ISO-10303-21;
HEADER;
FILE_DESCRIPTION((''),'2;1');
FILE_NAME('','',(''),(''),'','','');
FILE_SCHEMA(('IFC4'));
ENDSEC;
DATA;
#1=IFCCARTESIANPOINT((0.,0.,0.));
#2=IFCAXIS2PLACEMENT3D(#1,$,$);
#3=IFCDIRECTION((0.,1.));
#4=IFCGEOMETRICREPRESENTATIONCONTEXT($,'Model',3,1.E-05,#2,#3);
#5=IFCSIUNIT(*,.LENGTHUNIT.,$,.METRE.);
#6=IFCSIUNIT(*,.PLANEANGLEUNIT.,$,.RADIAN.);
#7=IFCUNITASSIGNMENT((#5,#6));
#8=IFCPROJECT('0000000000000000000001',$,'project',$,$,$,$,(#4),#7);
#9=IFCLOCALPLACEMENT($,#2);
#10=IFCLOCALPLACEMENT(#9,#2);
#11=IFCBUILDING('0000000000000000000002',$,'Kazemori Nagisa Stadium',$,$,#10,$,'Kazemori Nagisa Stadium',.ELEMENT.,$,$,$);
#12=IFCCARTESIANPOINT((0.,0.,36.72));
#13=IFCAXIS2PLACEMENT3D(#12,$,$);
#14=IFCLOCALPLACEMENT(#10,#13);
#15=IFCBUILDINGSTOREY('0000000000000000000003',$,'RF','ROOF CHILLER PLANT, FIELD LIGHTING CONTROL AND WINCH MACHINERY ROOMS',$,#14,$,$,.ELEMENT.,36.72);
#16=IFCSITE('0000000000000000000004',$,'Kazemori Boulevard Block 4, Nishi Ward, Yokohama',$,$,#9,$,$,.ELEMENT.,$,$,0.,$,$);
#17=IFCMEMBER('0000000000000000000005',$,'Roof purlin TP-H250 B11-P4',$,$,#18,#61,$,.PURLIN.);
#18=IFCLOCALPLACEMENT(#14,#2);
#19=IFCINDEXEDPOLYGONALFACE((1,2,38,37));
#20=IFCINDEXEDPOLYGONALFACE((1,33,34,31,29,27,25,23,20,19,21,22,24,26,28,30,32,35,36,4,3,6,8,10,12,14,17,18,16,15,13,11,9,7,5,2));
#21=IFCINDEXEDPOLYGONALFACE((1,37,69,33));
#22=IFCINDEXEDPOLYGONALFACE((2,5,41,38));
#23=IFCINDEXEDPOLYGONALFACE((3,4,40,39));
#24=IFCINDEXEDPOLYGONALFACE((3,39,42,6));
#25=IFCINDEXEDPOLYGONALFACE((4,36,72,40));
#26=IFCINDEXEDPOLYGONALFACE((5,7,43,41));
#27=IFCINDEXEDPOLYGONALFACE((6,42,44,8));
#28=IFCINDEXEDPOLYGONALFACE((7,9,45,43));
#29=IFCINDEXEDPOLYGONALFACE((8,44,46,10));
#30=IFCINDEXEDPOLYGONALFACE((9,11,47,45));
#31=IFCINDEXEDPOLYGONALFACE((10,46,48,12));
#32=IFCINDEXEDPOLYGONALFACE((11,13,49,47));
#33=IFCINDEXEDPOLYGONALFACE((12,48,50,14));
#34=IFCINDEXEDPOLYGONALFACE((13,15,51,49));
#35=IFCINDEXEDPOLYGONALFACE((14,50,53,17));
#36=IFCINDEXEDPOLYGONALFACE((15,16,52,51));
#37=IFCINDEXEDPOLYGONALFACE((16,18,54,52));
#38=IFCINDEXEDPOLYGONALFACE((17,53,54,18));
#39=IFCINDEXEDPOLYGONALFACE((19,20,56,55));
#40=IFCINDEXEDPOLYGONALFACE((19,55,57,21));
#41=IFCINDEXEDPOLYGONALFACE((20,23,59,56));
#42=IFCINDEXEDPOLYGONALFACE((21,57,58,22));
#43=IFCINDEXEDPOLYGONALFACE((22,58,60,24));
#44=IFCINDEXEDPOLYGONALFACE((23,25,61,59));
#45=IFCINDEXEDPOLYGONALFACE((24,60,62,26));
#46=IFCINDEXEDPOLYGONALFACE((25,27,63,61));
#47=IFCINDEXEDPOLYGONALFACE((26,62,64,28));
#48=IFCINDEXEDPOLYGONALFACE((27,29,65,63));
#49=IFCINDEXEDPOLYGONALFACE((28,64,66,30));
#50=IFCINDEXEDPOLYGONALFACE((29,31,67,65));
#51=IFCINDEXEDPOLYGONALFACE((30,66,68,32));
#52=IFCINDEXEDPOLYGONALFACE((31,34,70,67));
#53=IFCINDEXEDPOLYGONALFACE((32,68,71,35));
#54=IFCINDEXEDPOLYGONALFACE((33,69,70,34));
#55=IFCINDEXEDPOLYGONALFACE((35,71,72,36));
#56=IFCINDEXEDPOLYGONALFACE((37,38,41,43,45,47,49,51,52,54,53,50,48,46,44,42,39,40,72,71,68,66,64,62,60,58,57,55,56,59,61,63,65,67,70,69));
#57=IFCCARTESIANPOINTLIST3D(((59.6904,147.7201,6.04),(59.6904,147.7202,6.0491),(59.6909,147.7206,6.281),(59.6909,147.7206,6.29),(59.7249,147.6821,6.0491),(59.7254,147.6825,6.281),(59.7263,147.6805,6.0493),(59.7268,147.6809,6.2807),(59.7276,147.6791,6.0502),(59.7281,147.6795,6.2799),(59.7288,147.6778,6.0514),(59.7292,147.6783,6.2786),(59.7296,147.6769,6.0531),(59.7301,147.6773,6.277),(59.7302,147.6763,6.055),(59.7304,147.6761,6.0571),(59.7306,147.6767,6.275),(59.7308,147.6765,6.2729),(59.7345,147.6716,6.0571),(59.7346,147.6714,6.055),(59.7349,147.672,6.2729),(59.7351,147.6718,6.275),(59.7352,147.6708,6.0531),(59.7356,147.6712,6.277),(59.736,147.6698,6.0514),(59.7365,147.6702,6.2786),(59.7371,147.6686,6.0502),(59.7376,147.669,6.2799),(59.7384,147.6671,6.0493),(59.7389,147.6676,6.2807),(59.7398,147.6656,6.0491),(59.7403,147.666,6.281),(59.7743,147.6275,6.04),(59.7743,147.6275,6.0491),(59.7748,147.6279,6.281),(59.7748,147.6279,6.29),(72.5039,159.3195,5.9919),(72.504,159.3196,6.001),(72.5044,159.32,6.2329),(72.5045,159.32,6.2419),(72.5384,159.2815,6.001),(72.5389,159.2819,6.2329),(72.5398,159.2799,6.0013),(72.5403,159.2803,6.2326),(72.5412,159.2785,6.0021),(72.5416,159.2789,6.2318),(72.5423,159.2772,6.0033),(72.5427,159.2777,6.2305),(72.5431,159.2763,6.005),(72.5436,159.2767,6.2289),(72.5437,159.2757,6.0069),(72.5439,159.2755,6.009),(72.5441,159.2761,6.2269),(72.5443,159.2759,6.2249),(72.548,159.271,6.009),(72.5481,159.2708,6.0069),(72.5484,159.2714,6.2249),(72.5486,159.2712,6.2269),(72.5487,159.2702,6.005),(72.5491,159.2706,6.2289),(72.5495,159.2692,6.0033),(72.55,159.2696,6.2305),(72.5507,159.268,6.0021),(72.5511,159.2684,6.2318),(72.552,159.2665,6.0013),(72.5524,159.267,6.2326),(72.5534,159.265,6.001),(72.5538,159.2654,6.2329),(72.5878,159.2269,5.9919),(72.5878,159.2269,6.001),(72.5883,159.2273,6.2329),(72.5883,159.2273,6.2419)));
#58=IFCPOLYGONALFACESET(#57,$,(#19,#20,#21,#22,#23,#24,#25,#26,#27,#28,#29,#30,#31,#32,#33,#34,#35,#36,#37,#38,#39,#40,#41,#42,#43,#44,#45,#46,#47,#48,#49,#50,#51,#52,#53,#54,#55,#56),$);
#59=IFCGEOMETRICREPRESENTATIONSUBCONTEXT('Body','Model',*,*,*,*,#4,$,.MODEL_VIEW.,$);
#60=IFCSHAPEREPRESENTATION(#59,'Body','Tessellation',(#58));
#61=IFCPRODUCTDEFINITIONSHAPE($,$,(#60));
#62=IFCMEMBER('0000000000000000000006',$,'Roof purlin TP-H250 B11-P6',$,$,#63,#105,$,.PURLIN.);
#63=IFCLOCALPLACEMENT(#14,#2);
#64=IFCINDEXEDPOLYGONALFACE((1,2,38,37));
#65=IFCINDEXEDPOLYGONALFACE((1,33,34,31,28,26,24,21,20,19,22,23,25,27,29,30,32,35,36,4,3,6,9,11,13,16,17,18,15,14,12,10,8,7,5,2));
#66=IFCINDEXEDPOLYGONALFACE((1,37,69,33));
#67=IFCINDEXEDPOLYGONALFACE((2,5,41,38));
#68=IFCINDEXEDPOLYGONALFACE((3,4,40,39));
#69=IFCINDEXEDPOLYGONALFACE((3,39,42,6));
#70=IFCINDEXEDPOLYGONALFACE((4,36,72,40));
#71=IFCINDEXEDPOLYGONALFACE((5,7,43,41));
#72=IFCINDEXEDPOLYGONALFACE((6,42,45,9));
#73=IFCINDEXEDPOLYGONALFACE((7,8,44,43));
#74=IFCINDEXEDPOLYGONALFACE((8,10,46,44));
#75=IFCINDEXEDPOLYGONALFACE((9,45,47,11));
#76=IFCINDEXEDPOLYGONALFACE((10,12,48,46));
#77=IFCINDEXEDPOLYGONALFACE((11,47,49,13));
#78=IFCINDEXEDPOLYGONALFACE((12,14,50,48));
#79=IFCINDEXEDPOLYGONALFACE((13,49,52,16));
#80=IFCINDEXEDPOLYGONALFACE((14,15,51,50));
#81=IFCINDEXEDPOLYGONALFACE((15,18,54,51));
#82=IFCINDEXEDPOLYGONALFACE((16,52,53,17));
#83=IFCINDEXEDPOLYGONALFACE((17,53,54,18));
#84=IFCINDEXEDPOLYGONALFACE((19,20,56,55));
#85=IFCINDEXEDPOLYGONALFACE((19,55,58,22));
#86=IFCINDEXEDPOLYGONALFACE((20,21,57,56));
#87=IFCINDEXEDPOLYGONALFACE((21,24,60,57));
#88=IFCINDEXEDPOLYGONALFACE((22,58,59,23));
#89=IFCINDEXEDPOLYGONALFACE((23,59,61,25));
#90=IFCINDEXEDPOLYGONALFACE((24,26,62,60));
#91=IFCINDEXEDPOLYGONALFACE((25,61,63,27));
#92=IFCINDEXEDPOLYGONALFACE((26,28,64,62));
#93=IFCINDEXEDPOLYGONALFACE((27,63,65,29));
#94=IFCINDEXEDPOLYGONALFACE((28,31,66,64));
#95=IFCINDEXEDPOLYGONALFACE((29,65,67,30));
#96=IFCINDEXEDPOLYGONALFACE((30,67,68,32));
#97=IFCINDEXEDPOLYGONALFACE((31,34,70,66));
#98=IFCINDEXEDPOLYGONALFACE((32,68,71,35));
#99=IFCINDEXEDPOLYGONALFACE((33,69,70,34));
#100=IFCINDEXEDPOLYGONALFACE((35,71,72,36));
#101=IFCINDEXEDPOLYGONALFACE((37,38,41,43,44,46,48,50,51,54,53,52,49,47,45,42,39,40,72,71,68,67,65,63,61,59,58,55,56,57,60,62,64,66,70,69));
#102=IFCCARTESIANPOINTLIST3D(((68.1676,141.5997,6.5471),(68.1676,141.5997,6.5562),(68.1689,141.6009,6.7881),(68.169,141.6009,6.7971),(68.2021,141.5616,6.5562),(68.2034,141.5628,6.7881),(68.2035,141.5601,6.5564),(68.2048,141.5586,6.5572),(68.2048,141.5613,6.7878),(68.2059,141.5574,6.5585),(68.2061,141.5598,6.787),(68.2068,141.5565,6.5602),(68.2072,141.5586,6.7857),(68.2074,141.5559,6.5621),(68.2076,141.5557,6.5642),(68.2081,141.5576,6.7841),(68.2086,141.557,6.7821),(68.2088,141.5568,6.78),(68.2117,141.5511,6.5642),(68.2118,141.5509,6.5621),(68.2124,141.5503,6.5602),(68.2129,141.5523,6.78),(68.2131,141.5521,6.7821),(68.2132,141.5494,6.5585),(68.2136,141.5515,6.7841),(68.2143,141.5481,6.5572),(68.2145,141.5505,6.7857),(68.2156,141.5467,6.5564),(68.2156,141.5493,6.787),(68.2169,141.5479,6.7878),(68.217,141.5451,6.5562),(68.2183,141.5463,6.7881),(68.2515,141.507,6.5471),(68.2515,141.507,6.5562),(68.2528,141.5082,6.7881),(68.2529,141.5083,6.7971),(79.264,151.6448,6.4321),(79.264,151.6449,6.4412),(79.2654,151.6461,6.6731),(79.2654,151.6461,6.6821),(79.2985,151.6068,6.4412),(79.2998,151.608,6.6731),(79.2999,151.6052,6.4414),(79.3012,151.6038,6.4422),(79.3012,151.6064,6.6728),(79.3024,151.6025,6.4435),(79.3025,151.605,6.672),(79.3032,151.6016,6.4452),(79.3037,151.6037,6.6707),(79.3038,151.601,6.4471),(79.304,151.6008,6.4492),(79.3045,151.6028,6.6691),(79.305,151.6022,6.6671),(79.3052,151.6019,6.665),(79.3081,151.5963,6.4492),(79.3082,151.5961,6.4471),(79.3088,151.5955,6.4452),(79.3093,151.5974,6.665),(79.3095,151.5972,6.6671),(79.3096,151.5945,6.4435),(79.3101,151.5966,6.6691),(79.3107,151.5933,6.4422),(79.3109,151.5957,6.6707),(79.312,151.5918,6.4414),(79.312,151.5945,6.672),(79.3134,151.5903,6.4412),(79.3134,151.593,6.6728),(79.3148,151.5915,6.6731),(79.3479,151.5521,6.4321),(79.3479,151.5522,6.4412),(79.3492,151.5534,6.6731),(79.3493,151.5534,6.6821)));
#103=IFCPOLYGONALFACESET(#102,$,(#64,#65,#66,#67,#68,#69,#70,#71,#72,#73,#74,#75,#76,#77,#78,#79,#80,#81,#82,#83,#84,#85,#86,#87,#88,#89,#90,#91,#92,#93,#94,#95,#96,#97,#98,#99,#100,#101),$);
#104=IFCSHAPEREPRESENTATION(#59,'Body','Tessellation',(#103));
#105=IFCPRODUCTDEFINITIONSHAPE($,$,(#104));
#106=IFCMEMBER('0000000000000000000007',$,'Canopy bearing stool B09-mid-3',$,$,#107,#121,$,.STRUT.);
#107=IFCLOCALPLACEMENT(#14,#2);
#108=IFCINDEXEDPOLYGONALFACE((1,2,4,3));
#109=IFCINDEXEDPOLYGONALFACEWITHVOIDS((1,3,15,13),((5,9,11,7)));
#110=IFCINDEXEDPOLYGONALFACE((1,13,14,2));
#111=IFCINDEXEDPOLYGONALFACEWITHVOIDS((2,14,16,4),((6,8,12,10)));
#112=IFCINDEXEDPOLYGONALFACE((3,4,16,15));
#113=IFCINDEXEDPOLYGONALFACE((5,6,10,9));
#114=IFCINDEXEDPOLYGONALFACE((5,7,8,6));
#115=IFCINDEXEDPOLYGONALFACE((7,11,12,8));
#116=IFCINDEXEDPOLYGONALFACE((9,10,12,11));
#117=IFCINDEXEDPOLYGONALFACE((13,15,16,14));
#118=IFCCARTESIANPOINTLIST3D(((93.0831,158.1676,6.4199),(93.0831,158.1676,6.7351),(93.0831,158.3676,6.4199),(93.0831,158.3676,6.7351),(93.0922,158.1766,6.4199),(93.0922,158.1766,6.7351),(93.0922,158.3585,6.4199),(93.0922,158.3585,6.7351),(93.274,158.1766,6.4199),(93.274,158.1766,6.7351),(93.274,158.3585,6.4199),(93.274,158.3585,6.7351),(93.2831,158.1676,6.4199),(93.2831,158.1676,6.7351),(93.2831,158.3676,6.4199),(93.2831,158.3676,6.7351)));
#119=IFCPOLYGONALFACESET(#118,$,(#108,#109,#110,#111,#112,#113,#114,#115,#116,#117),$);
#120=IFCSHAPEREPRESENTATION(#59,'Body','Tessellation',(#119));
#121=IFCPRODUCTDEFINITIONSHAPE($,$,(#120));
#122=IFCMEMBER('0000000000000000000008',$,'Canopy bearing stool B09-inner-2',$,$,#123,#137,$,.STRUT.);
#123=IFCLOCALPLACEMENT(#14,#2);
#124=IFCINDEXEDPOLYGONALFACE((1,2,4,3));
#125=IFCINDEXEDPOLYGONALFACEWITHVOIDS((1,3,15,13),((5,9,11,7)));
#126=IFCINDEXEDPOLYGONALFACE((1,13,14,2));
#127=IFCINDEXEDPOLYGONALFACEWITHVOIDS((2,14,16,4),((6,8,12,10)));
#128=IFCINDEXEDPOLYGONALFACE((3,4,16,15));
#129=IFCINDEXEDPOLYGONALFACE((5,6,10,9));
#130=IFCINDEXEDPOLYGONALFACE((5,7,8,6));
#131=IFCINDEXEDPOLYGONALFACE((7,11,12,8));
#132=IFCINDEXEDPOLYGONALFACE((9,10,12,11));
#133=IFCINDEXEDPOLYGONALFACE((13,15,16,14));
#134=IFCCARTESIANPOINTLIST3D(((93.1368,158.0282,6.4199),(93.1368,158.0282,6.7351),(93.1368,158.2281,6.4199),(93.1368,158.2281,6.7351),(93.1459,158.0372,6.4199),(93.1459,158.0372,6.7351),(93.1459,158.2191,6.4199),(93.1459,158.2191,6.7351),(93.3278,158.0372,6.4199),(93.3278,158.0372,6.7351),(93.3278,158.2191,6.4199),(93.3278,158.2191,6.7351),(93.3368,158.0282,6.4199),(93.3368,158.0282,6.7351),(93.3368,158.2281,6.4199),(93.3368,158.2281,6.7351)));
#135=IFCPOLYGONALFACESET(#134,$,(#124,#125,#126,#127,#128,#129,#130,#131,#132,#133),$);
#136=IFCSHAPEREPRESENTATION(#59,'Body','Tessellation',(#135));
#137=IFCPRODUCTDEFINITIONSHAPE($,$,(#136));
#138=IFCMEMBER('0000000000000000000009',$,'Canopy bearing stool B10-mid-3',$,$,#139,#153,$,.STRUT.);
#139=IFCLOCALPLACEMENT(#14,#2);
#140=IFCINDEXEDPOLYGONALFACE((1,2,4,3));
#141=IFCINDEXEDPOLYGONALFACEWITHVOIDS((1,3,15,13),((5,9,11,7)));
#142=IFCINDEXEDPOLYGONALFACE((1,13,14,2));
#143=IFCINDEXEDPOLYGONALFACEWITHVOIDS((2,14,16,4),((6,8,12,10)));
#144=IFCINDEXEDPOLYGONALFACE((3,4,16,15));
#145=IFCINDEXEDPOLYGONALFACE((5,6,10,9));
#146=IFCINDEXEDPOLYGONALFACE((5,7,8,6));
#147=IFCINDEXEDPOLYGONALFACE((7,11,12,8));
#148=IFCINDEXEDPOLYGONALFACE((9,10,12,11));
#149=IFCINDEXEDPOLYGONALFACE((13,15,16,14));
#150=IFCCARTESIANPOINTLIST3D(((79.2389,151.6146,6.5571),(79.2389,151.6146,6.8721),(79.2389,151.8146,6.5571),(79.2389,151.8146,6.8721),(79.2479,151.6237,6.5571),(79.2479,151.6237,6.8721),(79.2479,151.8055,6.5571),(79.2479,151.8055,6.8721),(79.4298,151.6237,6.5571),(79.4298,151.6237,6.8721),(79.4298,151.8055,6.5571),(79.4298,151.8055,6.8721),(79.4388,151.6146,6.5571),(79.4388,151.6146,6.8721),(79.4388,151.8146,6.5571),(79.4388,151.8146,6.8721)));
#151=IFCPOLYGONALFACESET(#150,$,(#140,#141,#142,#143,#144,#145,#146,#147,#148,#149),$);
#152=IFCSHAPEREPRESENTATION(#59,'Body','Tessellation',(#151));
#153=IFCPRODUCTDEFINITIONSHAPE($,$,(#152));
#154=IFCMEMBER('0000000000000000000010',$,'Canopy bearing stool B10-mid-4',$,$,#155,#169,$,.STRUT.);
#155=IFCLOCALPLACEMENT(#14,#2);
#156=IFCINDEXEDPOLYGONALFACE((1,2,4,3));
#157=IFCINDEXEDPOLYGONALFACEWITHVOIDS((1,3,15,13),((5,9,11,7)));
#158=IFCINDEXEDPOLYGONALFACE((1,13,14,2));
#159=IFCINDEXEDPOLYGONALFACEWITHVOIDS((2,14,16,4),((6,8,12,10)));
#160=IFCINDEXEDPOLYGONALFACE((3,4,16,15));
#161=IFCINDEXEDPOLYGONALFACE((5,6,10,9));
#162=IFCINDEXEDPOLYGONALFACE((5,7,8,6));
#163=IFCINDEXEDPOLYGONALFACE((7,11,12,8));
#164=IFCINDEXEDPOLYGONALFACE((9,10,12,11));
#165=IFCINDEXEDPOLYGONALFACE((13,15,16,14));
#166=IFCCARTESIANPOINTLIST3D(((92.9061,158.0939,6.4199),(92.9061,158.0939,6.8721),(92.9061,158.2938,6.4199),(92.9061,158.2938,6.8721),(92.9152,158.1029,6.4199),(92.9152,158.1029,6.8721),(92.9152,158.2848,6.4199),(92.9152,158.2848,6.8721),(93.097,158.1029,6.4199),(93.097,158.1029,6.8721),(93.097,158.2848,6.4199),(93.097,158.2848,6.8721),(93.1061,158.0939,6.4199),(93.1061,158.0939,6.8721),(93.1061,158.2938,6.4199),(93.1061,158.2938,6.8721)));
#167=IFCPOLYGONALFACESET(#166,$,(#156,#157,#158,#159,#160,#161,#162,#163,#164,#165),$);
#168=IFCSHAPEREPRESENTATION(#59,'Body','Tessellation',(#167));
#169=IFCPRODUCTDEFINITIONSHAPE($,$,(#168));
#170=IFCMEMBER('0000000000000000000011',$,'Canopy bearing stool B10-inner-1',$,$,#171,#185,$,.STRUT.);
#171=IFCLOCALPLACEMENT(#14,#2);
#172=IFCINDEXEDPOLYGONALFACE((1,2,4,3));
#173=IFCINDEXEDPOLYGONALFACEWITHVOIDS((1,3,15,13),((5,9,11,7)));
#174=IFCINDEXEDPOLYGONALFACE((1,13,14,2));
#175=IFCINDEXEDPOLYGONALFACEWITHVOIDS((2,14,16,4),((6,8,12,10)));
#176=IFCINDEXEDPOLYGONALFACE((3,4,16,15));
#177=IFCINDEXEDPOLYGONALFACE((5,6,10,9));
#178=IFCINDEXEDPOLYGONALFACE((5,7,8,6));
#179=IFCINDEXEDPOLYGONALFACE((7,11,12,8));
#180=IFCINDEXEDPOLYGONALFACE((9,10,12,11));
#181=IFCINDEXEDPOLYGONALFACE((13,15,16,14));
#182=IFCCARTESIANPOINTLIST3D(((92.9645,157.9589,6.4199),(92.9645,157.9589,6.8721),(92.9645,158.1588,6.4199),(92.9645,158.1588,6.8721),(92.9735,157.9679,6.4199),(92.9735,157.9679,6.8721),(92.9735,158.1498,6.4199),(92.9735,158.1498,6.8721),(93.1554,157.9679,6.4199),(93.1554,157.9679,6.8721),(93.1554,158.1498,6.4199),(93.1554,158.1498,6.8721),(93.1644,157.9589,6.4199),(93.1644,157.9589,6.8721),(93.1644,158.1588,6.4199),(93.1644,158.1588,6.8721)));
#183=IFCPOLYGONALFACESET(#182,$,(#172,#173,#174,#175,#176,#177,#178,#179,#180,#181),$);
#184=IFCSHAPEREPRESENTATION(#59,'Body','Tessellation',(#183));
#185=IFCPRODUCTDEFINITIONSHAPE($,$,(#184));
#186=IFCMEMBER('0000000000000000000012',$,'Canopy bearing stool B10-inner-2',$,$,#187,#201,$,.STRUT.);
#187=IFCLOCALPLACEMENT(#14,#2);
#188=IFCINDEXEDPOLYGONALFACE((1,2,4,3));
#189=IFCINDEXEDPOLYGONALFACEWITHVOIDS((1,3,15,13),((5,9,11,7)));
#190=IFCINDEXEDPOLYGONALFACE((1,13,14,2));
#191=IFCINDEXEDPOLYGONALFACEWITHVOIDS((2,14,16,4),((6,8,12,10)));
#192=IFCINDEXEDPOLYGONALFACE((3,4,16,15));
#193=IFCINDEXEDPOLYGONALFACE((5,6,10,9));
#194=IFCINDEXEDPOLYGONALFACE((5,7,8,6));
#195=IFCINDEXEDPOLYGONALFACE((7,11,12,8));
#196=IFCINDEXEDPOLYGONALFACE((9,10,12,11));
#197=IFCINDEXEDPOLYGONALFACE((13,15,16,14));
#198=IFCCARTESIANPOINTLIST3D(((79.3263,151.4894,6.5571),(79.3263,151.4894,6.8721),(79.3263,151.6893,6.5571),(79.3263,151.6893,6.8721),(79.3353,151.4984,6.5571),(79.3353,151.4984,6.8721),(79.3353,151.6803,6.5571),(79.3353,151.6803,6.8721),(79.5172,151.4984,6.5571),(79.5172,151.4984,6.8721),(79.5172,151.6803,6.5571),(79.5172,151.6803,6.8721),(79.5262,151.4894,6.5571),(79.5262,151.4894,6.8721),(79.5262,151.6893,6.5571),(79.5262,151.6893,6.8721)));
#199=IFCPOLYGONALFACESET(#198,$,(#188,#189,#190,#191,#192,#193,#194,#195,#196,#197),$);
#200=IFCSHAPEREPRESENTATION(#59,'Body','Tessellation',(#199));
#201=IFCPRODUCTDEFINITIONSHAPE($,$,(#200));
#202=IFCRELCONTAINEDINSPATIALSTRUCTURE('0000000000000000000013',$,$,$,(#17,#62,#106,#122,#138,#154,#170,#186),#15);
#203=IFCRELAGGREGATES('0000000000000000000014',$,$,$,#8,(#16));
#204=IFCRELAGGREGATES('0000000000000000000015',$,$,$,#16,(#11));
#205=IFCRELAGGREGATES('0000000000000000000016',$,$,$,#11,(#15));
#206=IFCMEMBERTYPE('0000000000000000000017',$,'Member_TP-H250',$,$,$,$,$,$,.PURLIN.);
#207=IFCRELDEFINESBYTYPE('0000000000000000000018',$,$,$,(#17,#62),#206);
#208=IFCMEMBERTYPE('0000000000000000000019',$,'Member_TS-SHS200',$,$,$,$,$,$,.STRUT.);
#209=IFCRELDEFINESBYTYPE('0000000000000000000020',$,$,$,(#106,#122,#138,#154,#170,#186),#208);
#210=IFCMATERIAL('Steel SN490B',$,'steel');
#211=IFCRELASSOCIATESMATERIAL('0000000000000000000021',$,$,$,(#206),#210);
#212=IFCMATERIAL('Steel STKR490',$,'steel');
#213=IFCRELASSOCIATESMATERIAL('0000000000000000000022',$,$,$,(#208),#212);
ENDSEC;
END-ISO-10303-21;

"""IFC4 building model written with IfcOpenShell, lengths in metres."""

from ifc_helpers import new_model, si_unit, direction, frame, origin, origin_2d, place, context, subcontext, project, spatial, hollow_rectangle, i_section, extrude, material, material_profile, profile_set, type_object, element, save


model = new_model("IFC4")

# Units and contexts
model_context = context("Model", 3, precision=1e-05, world=origin(), true_north=direction((0.0, 1.0)))
body_context = subcontext(model_context, "Body", "Model", "MODEL_VIEW")
ifc_project = project(units=[si_unit("LENGTHUNIT", "METRE"), si_unit("PLANEANGLEUNIT", "RADIAN")], contexts=[model_context])

# Site, building, storey
site_placement = place(None, origin())
site = spatial("IfcSite", under=ifc_project, at=site_placement, Name="Kazemori Boulevard Block 4, Nishi Ward, Yokohama", CompositionType="ELEMENT", RefElevation=0.0)
building_placement = place(site_placement, origin())
building = spatial("IfcBuilding", under=site, at=building_placement, Name="Kazemori Nagisa Stadium", LongName="Kazemori Nagisa Stadium", CompositionType="ELEMENT")
storey_placement = place(building_placement, frame((0.0, 0.0, 36.72)))
storey = spatial("IfcBuildingStorey", under=building, at=storey_placement, Name="RF", Description="ROOF CHILLER PLANT, FIELD LIGHTING CONTROL AND WINCH MACHINERY ROOMS", CompositionType="ELEMENT", Elevation=36.72)

# Members
ifc_material_1 = material(Name="Steel STKR490", Category="steel")
ifc_material_2 = material(Name="Steel SN490B", Category="steel")
ifc_material_profile_1 = material_profile(ifc_material_2, i_section(OverallWidth=0.125, OverallDepth=0.25, WebThickness=0.0061, FlangeThickness=0.009, FilletRadius=0.0081, at=origin_2d()), Name="H-250x125x6x9")
ifc_profile_set_1 = profile_set([ifc_material_profile_1], Name="Steel SN490B")
member_type_1 = type_object("IfcMemberType", Name="Member_TP-H250", PredefinedType="PURLIN", material=ifc_profile_set_1)
member_1_placement = place(storey_placement, frame((72.5461, 159.2734, 6.1169), z_axis=(-0.741354, -0.671109, 0.002783), x_axis=(0.671111, -0.741357, 0.0)))
element("IfcMember", 1, at=member_1_placement, inside=storey, type_object=member_type_1, Name="Roof purlin TP-H250 B11-P4", PredefinedType="PURLIN", context=body_context, shape_type="SweptSolid", body=[
    extrude(i_section(OverallWidth=0.125, OverallDepth=0.25, WebThickness=0.0061, FlangeThickness=0.009, FilletRadius=0.0081, at=origin_2d()), origin(), (0.0, 0.0, 1.0), 17.2839),
])
member_2_placement = place(storey_placement, frame((79.3066, 151.5991, 6.5571), z_axis=(-0.74133, -0.671097, 0.007682), x_axis=(0.671117, -0.741352, 0.0)))
element("IfcMember", 2, at=member_2_placement, inside=storey, type_object=member_type_1, Name="Roof purlin TP-H250 B11-P6", PredefinedType="PURLIN", context=body_context, shape_type="SweptSolid", body=[
    extrude(i_section(OverallWidth=0.125, OverallDepth=0.25, WebThickness=0.0061, FlangeThickness=0.009, FilletRadius=0.0081, at=origin_2d()), origin(), (0.0, 0.0, 1.0), 14.9683),
])
ifc_material_profile_2 = material_profile(ifc_material_1, hollow_rectangle(XDim=0.2, YDim=0.2, WallThickness=0.009, at=origin_2d()), Name="SHS-200x200x9")
ifc_profile_set_2 = profile_set([ifc_material_profile_2], Name="Steel STKR490")
member_type_2 = type_object("IfcMemberType", Name="Member_TS-SHS200", PredefinedType="STRUT", material=ifc_profile_set_2)
for number, where, z_axis, x_axis, name in (
    (3, (93.1831, 158.2676, 6.4199), (0.0, 0.0, 1.0), (1.0, 0.0, 0.0), "Canopy bearing stool B09-mid-3"),
    (4, (93.2368, 158.1282, 6.4199), (0.0, 0.0, 1.0), (1.0, 0.0, 0.0), "Canopy bearing stool B09-inner-2"),
):
    element("IfcMember", number, at=place(storey_placement, frame(where, z_axis=z_axis, x_axis=x_axis)), inside=storey, type_object=member_type_2, Name=name, PredefinedType="STRUT", context=body_context, shape_type="SweptSolid", body=[
        extrude(hollow_rectangle(XDim=0.2, YDim=0.2, WallThickness=0.009, at=origin_2d()), origin(), (0.0, 0.0, 1.0), 0.3152),
    ])
member_3_placement = place(storey_placement, frame((79.3389, 151.7146, 6.5571), z_axis=(0.0, 0.0, 1.0), x_axis=(1.0, 0.0, 0.0)))
element("IfcMember", 5, at=member_3_placement, inside=storey, type_object=member_type_2, Name="Canopy bearing stool B10-mid-3", PredefinedType="STRUT", context=body_context, shape_type="SweptSolid", body=[
    extrude(hollow_rectangle(XDim=0.2, YDim=0.2, WallThickness=0.009, at=origin_2d()), origin(), (0.0, 0.0, 1.0), 0.3149),
])
for number, where, z_axis, x_axis, name in (
    (6, (93.0061, 158.1938, 6.4199), (0.0, 0.0, 1.0), (1.0, 0.0, 0.0), "Canopy bearing stool B10-mid-4"),
    (7, (93.0645, 158.0588, 6.4199), (0.0, 0.0, 1.0), (1.0, 0.0, 0.0), "Canopy bearing stool B10-inner-1"),
):
    element("IfcMember", number, at=place(storey_placement, frame(where, z_axis=z_axis, x_axis=x_axis)), inside=storey, type_object=member_type_2, Name=name, PredefinedType="STRUT", context=body_context, shape_type="SweptSolid", body=[
        extrude(hollow_rectangle(XDim=0.2, YDim=0.2, WallThickness=0.009, at=origin_2d()), origin(), (0.0, 0.0, 1.0), 0.4521),
    ])
member_4_placement = place(storey_placement, frame((79.4263, 151.5894, 6.5571), z_axis=(0.0, 0.0, 1.0), x_axis=(1.0, 0.0, 0.0)))
element("IfcMember", 8, at=member_4_placement, inside=storey, type_object=member_type_2, Name="Canopy bearing stool B10-inner-2", PredefinedType="STRUT", context=body_context, shape_type="SweptSolid", body=[
    extrude(hollow_rectangle(XDim=0.2, YDim=0.2, WallThickness=0.009, at=origin_2d()), origin(), (0.0, 0.0, 1.0), 0.3149),
])

save(model, "model.ifc")
